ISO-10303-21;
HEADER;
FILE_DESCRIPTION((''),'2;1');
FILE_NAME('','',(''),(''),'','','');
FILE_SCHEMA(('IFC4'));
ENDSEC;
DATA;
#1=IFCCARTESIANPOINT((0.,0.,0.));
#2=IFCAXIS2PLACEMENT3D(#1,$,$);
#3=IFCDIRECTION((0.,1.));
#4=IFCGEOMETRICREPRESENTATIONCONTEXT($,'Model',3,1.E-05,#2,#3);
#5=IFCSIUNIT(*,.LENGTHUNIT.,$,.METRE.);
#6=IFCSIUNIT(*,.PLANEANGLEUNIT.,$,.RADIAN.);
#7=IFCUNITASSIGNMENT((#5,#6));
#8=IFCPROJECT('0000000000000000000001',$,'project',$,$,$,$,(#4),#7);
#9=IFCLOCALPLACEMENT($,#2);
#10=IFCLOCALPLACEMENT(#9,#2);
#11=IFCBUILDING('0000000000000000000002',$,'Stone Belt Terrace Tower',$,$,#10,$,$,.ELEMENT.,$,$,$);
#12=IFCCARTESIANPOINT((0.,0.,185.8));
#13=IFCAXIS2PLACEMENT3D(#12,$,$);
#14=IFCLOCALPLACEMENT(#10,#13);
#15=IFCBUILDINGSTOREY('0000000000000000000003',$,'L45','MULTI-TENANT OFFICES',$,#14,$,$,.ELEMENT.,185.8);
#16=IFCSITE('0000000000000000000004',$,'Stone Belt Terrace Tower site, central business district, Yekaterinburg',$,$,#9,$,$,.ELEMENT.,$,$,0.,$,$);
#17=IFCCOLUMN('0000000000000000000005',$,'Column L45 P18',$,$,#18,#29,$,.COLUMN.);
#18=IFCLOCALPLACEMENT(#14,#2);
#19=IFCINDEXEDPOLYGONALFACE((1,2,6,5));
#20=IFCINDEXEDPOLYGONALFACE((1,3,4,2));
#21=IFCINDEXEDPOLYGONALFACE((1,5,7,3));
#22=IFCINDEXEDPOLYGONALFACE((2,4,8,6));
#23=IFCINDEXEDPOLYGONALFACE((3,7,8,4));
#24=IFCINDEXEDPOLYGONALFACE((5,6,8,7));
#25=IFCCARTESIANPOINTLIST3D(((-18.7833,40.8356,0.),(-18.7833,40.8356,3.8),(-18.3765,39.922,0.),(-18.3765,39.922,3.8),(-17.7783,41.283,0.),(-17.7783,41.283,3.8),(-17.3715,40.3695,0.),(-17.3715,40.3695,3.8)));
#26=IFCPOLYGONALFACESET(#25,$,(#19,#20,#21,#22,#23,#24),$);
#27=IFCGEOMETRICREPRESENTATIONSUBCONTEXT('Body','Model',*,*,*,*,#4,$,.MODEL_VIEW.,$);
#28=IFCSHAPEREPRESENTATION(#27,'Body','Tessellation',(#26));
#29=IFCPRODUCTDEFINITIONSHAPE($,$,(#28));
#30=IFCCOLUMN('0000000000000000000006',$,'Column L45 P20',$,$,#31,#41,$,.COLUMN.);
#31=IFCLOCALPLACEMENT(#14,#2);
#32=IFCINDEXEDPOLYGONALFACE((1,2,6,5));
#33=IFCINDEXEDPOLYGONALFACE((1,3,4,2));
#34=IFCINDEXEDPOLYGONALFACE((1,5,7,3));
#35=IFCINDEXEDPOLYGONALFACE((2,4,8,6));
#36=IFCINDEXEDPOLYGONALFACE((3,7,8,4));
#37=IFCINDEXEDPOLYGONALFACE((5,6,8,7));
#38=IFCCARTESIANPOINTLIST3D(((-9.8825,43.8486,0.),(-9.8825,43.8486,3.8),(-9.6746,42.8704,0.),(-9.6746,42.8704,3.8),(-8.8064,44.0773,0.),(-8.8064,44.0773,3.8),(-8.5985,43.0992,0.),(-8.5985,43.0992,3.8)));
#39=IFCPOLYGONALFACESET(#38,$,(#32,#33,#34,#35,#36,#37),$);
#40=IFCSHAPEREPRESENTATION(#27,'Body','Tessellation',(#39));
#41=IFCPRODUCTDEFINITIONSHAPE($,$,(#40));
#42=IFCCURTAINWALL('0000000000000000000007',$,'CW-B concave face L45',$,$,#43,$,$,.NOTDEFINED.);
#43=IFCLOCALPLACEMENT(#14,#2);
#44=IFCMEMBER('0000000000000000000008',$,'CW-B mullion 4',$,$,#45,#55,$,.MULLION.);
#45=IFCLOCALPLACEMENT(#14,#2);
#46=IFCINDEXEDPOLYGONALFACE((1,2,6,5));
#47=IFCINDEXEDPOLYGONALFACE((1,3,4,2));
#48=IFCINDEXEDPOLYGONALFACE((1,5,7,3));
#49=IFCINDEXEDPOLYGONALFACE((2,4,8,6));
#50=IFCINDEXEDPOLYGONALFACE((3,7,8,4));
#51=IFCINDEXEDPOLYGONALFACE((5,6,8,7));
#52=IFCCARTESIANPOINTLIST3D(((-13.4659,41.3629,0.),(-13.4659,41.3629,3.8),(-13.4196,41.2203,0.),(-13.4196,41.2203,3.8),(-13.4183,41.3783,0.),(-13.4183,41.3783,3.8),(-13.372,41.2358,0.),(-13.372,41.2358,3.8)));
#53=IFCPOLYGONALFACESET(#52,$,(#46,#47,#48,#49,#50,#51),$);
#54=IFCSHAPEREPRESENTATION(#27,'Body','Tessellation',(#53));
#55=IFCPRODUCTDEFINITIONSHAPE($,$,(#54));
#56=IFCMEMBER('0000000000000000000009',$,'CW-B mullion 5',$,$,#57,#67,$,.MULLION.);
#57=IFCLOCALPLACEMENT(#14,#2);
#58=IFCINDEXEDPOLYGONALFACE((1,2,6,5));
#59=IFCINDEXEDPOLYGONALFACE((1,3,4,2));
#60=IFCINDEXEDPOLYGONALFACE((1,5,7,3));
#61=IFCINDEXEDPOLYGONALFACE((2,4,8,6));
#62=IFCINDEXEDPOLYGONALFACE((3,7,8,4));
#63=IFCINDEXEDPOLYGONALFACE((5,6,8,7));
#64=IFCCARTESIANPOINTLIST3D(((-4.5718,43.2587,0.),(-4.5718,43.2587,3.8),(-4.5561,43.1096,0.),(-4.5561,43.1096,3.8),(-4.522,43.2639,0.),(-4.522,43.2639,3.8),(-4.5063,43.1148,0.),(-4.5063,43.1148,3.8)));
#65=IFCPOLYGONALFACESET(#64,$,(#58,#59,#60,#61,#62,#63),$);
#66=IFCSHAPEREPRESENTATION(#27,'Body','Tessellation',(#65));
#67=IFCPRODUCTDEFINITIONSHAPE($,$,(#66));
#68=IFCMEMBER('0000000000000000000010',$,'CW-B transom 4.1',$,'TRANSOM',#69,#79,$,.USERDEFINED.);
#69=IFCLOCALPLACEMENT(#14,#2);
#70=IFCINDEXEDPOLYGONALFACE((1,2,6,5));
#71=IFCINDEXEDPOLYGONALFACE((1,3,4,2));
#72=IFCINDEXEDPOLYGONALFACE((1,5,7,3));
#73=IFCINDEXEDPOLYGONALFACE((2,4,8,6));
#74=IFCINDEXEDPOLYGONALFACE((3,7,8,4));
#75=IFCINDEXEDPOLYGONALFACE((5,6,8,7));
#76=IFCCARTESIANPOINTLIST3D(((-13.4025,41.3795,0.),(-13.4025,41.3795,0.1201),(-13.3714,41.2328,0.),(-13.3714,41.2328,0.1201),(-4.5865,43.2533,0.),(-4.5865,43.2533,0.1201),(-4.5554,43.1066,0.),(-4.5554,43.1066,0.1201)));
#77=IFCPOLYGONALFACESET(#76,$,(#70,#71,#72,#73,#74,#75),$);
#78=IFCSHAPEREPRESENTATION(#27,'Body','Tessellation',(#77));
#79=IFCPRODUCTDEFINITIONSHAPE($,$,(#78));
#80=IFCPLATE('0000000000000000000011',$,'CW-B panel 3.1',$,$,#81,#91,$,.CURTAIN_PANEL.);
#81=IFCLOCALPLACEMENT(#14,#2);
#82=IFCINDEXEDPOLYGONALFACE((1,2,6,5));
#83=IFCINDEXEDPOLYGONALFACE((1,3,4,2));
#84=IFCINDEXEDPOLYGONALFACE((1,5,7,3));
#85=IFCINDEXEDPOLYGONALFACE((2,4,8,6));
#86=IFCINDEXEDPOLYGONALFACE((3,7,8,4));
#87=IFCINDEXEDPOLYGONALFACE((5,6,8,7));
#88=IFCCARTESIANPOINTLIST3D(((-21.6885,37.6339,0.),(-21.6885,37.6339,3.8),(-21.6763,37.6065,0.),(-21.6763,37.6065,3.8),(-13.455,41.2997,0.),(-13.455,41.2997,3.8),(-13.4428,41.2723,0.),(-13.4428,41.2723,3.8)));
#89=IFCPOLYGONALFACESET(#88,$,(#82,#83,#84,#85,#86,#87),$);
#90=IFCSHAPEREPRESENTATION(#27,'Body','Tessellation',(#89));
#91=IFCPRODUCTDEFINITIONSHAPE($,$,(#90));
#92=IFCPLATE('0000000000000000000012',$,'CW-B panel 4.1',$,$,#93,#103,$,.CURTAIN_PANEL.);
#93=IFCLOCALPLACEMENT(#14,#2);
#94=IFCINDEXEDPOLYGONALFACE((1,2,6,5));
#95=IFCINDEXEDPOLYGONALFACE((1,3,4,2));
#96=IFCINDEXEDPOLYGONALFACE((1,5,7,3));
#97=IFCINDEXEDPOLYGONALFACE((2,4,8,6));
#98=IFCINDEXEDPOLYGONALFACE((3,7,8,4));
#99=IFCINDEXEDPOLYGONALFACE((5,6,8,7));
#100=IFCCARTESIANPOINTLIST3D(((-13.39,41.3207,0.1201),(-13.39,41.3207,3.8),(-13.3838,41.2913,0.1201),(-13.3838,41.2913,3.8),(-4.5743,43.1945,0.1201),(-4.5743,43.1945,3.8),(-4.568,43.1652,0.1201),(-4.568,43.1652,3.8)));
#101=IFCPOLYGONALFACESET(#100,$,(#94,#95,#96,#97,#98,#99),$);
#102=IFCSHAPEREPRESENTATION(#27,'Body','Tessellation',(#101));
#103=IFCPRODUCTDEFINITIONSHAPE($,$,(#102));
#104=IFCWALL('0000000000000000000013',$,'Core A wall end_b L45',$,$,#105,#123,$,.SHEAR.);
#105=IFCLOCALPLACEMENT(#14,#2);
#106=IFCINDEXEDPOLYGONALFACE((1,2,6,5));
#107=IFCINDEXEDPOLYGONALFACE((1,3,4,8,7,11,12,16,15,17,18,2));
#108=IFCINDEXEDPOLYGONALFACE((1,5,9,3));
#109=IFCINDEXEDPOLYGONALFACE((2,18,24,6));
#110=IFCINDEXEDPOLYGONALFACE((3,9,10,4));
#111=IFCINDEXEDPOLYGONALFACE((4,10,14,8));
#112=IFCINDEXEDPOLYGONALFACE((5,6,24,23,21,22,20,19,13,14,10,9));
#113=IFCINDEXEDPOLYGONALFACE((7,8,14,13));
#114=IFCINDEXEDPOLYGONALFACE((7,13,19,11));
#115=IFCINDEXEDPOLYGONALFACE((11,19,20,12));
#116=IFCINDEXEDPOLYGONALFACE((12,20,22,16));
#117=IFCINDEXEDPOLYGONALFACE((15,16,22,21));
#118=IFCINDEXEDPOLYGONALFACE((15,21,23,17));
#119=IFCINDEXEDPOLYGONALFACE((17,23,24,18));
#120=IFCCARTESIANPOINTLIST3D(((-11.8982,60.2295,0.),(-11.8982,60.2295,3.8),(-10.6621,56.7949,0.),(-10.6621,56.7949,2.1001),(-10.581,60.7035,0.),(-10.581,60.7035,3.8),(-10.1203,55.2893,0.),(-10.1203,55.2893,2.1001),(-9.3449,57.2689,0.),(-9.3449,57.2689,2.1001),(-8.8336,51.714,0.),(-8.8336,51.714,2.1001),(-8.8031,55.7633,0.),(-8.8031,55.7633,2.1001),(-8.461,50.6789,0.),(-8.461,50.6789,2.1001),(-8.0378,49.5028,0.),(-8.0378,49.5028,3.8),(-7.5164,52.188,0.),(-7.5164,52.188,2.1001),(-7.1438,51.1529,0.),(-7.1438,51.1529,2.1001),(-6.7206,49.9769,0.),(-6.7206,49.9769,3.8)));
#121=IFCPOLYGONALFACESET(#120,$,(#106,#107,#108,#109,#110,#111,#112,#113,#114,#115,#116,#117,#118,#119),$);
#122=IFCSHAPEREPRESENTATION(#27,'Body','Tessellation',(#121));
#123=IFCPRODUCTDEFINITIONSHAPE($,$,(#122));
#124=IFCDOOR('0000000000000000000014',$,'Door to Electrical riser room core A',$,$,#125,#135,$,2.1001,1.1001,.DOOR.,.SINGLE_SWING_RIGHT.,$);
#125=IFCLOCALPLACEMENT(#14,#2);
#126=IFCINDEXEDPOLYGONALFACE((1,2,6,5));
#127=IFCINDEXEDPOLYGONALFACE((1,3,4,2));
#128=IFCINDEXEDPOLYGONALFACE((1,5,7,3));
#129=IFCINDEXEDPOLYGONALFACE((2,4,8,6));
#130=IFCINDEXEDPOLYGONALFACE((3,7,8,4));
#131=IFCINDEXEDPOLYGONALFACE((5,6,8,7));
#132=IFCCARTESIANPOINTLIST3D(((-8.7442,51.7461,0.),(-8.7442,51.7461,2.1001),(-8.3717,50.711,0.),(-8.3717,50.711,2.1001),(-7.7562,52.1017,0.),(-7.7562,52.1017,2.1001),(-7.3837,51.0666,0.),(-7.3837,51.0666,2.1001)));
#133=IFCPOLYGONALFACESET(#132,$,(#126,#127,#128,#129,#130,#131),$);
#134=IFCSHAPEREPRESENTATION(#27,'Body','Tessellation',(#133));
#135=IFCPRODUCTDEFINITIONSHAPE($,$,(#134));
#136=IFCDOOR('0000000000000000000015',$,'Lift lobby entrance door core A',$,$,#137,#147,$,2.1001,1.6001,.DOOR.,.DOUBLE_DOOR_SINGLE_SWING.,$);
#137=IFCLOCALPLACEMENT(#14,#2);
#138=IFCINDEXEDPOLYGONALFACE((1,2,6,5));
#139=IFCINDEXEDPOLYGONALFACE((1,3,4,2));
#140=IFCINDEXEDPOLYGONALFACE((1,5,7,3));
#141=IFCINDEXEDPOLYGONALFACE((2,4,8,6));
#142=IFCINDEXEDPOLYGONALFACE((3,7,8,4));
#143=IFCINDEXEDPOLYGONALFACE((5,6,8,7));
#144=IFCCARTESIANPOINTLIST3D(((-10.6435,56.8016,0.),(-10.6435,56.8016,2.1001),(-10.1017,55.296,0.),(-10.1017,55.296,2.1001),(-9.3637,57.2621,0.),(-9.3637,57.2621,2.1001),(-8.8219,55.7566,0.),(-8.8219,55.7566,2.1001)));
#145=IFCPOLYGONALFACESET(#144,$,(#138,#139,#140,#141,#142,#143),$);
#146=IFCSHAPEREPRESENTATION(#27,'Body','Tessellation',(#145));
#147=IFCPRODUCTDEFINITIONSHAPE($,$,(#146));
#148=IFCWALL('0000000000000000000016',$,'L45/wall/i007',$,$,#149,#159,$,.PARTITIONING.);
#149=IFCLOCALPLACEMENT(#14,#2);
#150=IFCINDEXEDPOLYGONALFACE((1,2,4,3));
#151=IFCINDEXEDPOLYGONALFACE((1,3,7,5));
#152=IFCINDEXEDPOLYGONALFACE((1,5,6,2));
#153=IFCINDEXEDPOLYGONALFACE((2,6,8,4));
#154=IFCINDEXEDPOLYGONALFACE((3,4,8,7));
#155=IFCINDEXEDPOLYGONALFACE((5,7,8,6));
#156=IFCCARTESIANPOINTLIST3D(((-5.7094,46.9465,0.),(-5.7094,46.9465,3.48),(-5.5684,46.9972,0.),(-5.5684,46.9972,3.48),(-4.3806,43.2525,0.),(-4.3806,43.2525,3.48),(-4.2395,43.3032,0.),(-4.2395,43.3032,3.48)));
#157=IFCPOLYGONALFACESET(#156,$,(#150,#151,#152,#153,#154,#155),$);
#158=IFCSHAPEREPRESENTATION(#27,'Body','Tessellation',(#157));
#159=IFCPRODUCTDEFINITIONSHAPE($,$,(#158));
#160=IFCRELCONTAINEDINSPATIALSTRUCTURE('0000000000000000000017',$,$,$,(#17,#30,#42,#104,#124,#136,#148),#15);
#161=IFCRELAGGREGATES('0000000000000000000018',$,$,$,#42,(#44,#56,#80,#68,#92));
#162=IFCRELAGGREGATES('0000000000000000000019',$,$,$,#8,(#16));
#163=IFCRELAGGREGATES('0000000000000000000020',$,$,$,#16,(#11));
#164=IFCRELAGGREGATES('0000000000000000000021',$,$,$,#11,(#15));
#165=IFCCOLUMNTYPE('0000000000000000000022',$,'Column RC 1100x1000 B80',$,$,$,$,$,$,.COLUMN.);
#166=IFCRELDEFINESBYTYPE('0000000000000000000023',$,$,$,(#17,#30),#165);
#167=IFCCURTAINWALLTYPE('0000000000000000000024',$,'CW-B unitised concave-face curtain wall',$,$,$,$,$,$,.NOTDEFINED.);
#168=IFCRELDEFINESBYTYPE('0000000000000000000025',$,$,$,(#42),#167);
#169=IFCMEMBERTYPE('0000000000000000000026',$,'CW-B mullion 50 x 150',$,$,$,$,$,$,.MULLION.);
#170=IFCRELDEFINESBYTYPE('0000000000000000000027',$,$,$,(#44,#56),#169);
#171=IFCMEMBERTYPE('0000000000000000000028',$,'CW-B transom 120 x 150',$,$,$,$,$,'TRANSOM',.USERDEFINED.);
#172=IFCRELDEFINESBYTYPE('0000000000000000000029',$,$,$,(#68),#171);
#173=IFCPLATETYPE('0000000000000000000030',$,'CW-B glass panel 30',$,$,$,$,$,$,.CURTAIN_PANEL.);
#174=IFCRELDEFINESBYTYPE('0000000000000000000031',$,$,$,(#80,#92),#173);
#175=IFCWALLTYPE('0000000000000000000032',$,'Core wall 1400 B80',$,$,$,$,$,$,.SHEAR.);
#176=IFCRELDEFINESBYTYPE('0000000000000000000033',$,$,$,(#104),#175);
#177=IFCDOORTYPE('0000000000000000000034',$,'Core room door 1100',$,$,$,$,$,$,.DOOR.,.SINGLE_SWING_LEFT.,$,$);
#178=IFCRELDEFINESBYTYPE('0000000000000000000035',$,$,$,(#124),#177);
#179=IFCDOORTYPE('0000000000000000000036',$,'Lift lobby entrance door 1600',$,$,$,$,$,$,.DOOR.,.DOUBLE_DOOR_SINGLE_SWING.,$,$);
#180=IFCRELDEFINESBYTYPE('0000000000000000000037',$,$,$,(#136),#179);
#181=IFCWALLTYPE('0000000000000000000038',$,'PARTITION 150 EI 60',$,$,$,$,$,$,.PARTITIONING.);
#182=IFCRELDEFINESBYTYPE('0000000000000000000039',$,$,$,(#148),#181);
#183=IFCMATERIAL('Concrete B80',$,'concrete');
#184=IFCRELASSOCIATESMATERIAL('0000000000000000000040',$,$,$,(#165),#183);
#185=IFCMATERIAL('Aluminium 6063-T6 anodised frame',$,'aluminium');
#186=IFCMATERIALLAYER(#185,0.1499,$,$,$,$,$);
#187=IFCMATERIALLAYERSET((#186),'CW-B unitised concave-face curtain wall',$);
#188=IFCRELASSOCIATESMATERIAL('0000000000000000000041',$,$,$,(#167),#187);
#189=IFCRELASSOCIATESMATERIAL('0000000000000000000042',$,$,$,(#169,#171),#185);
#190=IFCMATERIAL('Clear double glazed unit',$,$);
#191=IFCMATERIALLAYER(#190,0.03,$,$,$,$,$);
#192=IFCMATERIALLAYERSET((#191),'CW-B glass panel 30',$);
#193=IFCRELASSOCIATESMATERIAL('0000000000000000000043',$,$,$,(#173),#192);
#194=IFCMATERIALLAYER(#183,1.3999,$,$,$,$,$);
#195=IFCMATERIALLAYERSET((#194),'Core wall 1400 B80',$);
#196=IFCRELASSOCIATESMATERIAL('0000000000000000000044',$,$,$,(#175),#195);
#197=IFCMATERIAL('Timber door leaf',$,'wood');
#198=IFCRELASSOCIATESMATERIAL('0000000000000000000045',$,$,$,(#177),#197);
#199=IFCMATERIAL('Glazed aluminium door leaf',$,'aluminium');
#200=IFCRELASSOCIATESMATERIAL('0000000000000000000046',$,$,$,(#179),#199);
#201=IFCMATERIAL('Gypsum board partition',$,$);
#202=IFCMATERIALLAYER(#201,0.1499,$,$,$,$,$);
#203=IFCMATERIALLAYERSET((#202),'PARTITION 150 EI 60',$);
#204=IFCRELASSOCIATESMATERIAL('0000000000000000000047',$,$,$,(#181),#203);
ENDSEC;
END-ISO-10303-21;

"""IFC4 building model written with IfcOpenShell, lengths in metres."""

from ifc_helpers import new_model, si_unit, direction, frame, frame_2d, origin, origin_2d, place, context, subcontext, project, spatial, rectangle, extrude, material, layer, layer_set, material_profile, profile_set, type_object, element, fill, aggregate, save


model = new_model("IFC4")

# Units and contexts
model_context = context("Model", 3, precision=1e-05, world=origin(), true_north=direction((0.0, 1.0)))
body_context = subcontext(model_context, "Body", "Model", "MODEL_VIEW")
ifc_project = project(units=[si_unit("LENGTHUNIT", "METRE"), si_unit("PLANEANGLEUNIT", "RADIAN")], contexts=[model_context])

# Site, building, storey
site_placement = place(None, origin())
site = spatial("IfcSite", under=ifc_project, at=site_placement, Name="Stone Belt Terrace Tower site, central business district, Yekaterinburg", CompositionType="ELEMENT", RefElevation=0.0)
building_placement = place(site_placement, origin())
building = spatial("IfcBuilding", under=site, at=building_placement, Name="Stone Belt Terrace Tower", CompositionType="ELEMENT")
storey_placement = place(building_placement, frame((0.0, 0.0, 185.8)))
storey = spatial("IfcBuildingStorey", under=building, at=storey_placement, Name="L45", Description="MULTI-TENANT OFFICES", CompositionType="ELEMENT", Elevation=185.8)

# Columns
ifc_material_1 = material(Name="Concrete B80", Category="concrete")
ifc_material_profile_1 = material_profile(ifc_material_1, rectangle(XDim=1.1001, YDim=1.0, at=origin_2d()), Name="RC 1100x1000")
ifc_profile_set_1 = profile_set([ifc_material_profile_1], Name="Concrete B80")
column_type = type_object("IfcColumnType", Name="Column RC 1100x1000 B80", PredefinedType="COLUMN", material=ifc_profile_set_1)
for number, where, z_axis, x_axis, name in (
    (1, (-18.0774, 40.6025, 0.0), (0.0, 0.0, 1.0), (0.913545, 0.406737, 0.0), "Column L45 P18"),
    (2, (-9.2405, 43.4739, 0.0), (0.0, 0.0, 1.0), (0.978148, 0.207912, 0.0), "Column L45 P20"),
):
    element("IfcColumn", number, at=place(storey_placement, frame(where, z_axis=z_axis, x_axis=x_axis)), inside=storey, type_object=column_type, Name=name, PredefinedType="COLUMN", context=body_context, shape_type="SweptSolid", body=[
        extrude(rectangle(XDim=1.1001, YDim=1.0, at=origin_2d()), origin(), (0.0, 0.0, 1.0), 3.8),
    ])

# Curtain wall, members, plates
ifc_material_2 = material(Name="Aluminium 6063-T6 anodised frame", Category="aluminium")
ifc_layer_1 = layer(ifc_material_2, 0.1499)
ifc_layer_set_1 = layer_set([ifc_layer_1], Name="CW-B unitised concave-face curtain wall")
curtain_wall_type = type_object("IfcCurtainWallType", Name="CW-B unitised concave-face curtain wall", PredefinedType="NOTDEFINED", material=ifc_layer_set_1)
curtain_wall_placement = place(storey_placement, origin())
curtain_wall = element("IfcCurtainWall", 3, at=curtain_wall_placement, inside=storey, type_object=curtain_wall_type, Name="CW-B concave face L45", PredefinedType="NOTDEFINED")
ifc_material_profile_2 = material_profile(ifc_material_2, rectangle(XDim=0.1499, YDim=0.05, at=origin_2d()), Name="Aluminium 6063-T6 50x150")
ifc_profile_set_2 = profile_set([ifc_material_profile_2], Name="Aluminium 6063-T6 anodised frame")
member_type_1 = type_object("IfcMemberType", Name="CW-B mullion 50 x 150", PredefinedType="MULLION", material=ifc_profile_set_2)
member_1_placement = place(storey_placement, frame((-13.4189, 41.2993, 0.0), z_axis=(0.0, 0.0, 1.0), x_axis=(-0.309017, 0.951057, 0.0)))
member_1 = element("IfcMember", 4, at=member_1_placement, type_object=member_type_1, Name="CW-B mullion 4", PredefinedType="MULLION", context=body_context, shape_type="SweptSolid", body=[
    extrude(rectangle(XDim=0.1499, YDim=0.05, at=origin_2d()), origin(), (0.0, 0.0, 1.0), 3.8),
])
member_2_placement = place(storey_placement, frame((-4.5391, 43.1868, 0.0), z_axis=(0.0, 0.0, 1.0), x_axis=(-0.104528, 0.994522, 0.0)))
member_2 = element("IfcMember", 5, at=member_2_placement, type_object=member_type_1, Name="CW-B mullion 5", PredefinedType="MULLION", context=body_context, shape_type="SweptSolid", body=[
    extrude(rectangle(XDim=0.1499, YDim=0.05, at=origin_2d()), origin(), (0.0, 0.0, 1.0), 3.8),
])
ifc_material_profile_3 = material_profile(ifc_material_2, rectangle(XDim=0.1499, YDim=0.1201, at=origin_2d()), Name="Aluminium 6063-T6 150x120")
ifc_profile_set_3 = profile_set([ifc_material_profile_3], Name="Aluminium 6063-T6 anodised frame")
member_type_2 = type_object("IfcMemberType", Name="CW-B transom 120 x 150", ElementType="TRANSOM", PredefinedType="USERDEFINED", material=ifc_profile_set_3)
member_3_placement = place(storey_placement, frame((-13.387, 41.3062, 0.0601), z_axis=(0.97815, 0.207901, 0.0), x_axis=(-0.207901, 0.97815, 0.0)))
member_3 = element("IfcMember", 6, at=member_3_placement, type_object=member_type_2, Name="CW-B transom 4.1", ObjectType="TRANSOM", PredefinedType="USERDEFINED", context=body_context, shape_type="SweptSolid", body=[
    extrude(rectangle(XDim=0.1499, YDim=0.1201, at=origin_2d()), origin(), (0.0, 0.0, 1.0), 9.0129),
])
ifc_material_3 = material(Name="Clear double glazed unit")
ifc_layer_2 = layer(ifc_material_3, 0.03)
ifc_layer_set_2 = layer_set([ifc_layer_2], Name="CW-B glass panel 30")
plate_type = type_object("IfcPlateType", Name="CW-B glass panel 30", PredefinedType="CURTAIN_PANEL", material=ifc_layer_set_2)
plate_1_placement = place(storey_placement, frame((-17.5657, 39.4531, 0.0), z_axis=(0.0, 0.0, 1.0), x_axis=(0.913545, 0.406737, 0.0)))
plate_1 = element("IfcPlate", 7, at=plate_1_placement, type_object=plate_type, Name="CW-B panel 3.1", PredefinedType="CURTAIN_PANEL", context=body_context, shape_type="SweptSolid", body=[
    extrude(rectangle(XDim=9.0127, YDim=0.03, at=origin_2d()), origin(), (0.0, 0.0, 1.0), 3.8),
])
plate_2_placement = place(storey_placement, frame((-8.979, 42.2429, 0.1201), z_axis=(0.0, 0.0, 1.0), x_axis=(0.978148, 0.207912, 0.0)))
plate_2 = element("IfcPlate", 8, at=plate_2_placement, type_object=plate_type, Name="CW-B panel 4.1", PredefinedType="CURTAIN_PANEL", context=body_context, shape_type="SweptSolid", body=[
    extrude(rectangle(XDim=9.0127, YDim=0.03, at=origin_2d()), origin(), (0.0, 0.0, 1.0), 3.6799),
])
aggregate(curtain_wall, [member_1, member_2, plate_1, member_3, plate_2])

# Wall, openings, doors
ifc_layer_3 = layer(ifc_material_1, 1.3999)
ifc_layer_set_3 = layer_set([ifc_layer_3], Name="Core wall 1400 B80")
wall_type_1 = type_object("IfcWallType", Name="Core wall 1400 B80", PredefinedType="SHEAR", material=ifc_layer_set_3)
wall_1_placement = place(storey_placement, frame((-7.3792, 49.7397, 0.0), z_axis=(0.0, 0.0, 1.0), x_axis=(-0.338625, 0.940921, 0.0)))
wall_1 = element("IfcWall", 9, at=wall_1_placement, inside=storey, type_object=wall_type_1, Name="Core A wall end_b L45", PredefinedType="SHEAR", context=body_context, shape_type="SweptSolid", body=[
    extrude(rectangle(XDim=11.4001, YDim=1.3999, at=frame_2d((5.7002, 0.0))), origin(), (0.0, 0.0, 1.0), 3.8),
])
opening_1_placement = place(wall_1_placement, frame((6.1499, 0.0, 0.0)))
opening_1 = element("IfcOpeningElement", 10, at=opening_1_placement, cuts=wall_1, PredefinedType="OPENING", context=body_context, shape_type="SweptSolid", body=[
    extrude(rectangle(XDim=1.6001, YDim=2.1001, at=frame_2d((0.8, 1.05))), frame((0.0, 0.71, 0.0), z_axis=(0.0, -1.0, 0.0), x_axis=(1.0, 0.0, 0.0)), (0.0, 0.0, 1.0), 1.4199),
])
opening_2_placement = place(wall_1_placement, frame((1.25, 0.0, 0.0)))
opening_2 = element("IfcOpeningElement", 11, at=opening_2_placement, cuts=wall_1, PredefinedType="OPENING", context=body_context, shape_type="SweptSolid", body=[
    extrude(rectangle(XDim=1.1001, YDim=2.1001, at=frame_2d((0.55, 1.05))), frame((0.0, 0.71, 0.0), z_axis=(0.0, -1.0, 0.0), x_axis=(1.0, 0.0, 0.0)), (0.0, 0.0, 1.0), 1.4199),
])
ifc_material_4 = material(Name="Timber door leaf", Category="wood")
door_type_1 = type_object("IfcDoorType", Name="Core room door 1100", OperationType="SINGLE_SWING_LEFT", PredefinedType="DOOR", material=ifc_material_4)
door_1_placement = place(opening_2_placement, origin())
door_1 = element("IfcDoor", 12, at=door_1_placement, inside=storey, type_object=door_type_1, Name="Door to Electrical riser room core A", OperationType="SINGLE_SWING_RIGHT", OverallHeight=2.1001, OverallWidth=1.1001, PredefinedType="DOOR", context=body_context, shape_type="SweptSolid", body=[
    extrude(rectangle(XDim=1.1001, YDim=2.1001, at=frame_2d((0.55, 1.05))), frame((0.0, 0.605, 0.0), z_axis=(0.0, -1.0, 0.0), x_axis=(1.0, 0.0, 0.0)), (0.0, 0.0, 1.0), 1.05),
])
fill(opening_2, door_1)
ifc_material_5 = material(Name="Glazed aluminium door leaf", Category="aluminium")
door_type_2 = type_object("IfcDoorType", Name="Lift lobby entrance door 1600", OperationType="DOUBLE_DOOR_SINGLE_SWING", PredefinedType="DOOR", material=ifc_material_5)
door_2_placement = place(opening_1_placement, origin())
door_2 = element("IfcDoor", 13, at=door_2_placement, inside=storey, type_object=door_type_2, Name="Lift lobby entrance door core A", OperationType="DOUBLE_DOOR_SINGLE_SWING", OverallHeight=2.1001, OverallWidth=1.6001, PredefinedType="DOOR", context=body_context, shape_type="SweptSolid", body=[
    extrude(rectangle(XDim=1.6001, YDim=2.1001, at=frame_2d((0.8, 1.05))), frame((0.0, 0.6802, 0.0), z_axis=(0.0, -1.0, 0.0), x_axis=(1.0, 0.0, 0.0)), (0.0, 0.0, 1.0), 1.3601),
])
fill(opening_1, door_2)

# Wall
ifc_material_6 = material(Name="Gypsum board partition")
ifc_layer_4 = layer(ifc_material_6, 0.1499)
ifc_layer_set_4 = layer_set([ifc_layer_4], Name="PARTITION 150 EI 60")
wall_type_2 = type_object("IfcWallType", Name="PARTITION 150 EI 60", PredefinedType="PARTITIONING", material=ifc_layer_set_4)
wall_2_placement = place(storey_placement, frame((-4.3101, 43.2778, 0.0), z_axis=(0.0, 0.0, 1.0), x_axis=(-0.33849, 0.94097, 0.0)))
element("IfcWall", 14, at=wall_2_placement, inside=storey, type_object=wall_type_2, Name="L45/wall/i007", PredefinedType="PARTITIONING", context=body_context, shape_type="SweptSolid", body=[
    extrude(rectangle(XDim=3.9258, YDim=0.1499, at=frame_2d((1.9629, 0.0))), origin(), (0.0, 0.0, 1.0), 3.48),
])

save(model, "model.ifc")
